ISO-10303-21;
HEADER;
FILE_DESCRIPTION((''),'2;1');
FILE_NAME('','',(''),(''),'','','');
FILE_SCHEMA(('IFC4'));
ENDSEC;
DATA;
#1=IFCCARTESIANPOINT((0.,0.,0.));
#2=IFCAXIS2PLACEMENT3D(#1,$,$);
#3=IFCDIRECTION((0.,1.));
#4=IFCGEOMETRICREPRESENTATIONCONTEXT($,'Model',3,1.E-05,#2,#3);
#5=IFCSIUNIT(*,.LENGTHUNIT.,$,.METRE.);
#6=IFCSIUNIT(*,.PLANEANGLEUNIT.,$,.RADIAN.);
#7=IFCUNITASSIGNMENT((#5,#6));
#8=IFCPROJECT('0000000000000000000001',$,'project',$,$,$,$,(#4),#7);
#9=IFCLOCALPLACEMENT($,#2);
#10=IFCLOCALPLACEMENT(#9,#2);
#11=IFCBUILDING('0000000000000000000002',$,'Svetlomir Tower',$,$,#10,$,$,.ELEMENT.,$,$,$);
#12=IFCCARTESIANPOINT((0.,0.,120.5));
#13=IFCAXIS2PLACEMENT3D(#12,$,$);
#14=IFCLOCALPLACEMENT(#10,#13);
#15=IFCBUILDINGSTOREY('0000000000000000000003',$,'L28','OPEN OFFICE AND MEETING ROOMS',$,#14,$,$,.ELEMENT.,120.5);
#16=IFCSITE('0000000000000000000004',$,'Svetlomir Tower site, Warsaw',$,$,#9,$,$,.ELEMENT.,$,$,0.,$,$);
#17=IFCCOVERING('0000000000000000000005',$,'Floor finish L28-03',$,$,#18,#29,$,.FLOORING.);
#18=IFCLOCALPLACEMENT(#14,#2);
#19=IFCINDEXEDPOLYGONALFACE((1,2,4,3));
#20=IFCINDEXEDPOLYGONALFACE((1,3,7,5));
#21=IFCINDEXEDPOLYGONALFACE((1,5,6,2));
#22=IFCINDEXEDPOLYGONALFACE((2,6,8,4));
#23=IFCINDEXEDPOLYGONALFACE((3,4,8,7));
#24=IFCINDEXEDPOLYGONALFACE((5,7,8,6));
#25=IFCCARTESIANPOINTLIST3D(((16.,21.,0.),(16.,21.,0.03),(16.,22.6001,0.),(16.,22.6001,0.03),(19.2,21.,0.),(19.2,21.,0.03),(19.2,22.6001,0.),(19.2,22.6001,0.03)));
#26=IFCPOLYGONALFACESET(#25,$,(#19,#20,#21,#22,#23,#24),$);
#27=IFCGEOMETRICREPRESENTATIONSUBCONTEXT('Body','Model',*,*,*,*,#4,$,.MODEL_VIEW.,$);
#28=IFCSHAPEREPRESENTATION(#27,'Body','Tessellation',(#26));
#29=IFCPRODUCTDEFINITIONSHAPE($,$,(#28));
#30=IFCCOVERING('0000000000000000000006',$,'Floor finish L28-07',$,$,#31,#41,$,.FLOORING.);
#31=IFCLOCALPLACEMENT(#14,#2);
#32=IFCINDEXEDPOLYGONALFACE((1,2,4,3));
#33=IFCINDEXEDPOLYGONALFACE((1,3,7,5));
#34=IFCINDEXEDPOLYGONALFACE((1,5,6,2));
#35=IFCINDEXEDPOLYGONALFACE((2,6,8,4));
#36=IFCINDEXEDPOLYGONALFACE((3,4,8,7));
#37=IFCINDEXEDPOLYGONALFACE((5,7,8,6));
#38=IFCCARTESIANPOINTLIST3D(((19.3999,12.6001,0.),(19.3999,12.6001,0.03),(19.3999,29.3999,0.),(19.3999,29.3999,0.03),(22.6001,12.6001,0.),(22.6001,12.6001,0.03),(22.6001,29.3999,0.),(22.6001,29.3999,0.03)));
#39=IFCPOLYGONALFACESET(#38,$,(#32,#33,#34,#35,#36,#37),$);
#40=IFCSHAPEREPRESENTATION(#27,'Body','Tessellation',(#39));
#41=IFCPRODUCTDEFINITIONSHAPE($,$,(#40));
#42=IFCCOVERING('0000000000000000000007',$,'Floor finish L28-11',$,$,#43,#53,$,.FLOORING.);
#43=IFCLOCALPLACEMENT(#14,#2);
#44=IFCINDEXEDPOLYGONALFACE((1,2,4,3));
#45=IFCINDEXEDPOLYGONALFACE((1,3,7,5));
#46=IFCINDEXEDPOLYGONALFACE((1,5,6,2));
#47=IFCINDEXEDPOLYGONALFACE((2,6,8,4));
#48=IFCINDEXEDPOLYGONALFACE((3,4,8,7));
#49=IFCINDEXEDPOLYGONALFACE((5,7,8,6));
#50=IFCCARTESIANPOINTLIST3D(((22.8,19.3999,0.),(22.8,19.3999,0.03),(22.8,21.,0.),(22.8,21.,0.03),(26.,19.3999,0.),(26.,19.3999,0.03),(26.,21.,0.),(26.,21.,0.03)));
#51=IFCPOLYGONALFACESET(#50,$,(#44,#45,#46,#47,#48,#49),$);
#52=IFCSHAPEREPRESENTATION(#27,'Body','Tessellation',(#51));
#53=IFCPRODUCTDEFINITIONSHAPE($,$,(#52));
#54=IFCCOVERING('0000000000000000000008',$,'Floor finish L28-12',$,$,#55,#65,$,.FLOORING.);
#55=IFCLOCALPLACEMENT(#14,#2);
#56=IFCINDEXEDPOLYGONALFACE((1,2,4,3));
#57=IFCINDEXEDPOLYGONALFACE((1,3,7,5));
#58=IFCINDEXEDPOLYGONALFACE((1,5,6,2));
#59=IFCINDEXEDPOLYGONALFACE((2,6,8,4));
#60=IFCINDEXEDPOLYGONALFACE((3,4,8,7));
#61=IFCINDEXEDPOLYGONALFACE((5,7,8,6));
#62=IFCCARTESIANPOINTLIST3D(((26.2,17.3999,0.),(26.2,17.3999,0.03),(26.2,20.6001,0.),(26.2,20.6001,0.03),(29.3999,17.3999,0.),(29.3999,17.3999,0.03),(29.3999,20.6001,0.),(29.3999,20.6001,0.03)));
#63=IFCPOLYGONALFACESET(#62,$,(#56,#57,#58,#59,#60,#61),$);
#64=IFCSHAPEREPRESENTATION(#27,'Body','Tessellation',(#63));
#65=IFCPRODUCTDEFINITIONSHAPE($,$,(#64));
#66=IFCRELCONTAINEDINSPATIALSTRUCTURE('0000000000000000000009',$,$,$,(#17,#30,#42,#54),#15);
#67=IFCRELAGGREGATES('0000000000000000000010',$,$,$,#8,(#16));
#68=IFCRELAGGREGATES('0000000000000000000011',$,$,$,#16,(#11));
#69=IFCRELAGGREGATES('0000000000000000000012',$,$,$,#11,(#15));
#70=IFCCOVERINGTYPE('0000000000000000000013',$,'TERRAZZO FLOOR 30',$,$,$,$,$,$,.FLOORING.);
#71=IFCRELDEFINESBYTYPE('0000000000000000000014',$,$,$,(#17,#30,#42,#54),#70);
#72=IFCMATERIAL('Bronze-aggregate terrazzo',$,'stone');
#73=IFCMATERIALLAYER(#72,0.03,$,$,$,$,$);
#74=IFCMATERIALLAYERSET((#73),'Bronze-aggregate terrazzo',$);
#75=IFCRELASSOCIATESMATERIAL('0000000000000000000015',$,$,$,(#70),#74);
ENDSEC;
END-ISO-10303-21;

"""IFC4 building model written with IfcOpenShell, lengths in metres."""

from ifc_helpers import new_model, si_unit, direction, frame, origin, place, context, subcontext, project, spatial, polyline, outline, extrude, material, layer, layer_set, type_object, element, save


model = new_model("IFC4")

# Units and contexts
model_context = context("Model", 3, precision=1e-05, world=origin(), true_north=direction((0.0, 1.0)))
body_context = subcontext(model_context, "Body", "Model", "MODEL_VIEW")
ifc_project = project(units=[si_unit("LENGTHUNIT", "METRE"), si_unit("PLANEANGLEUNIT", "RADIAN")], contexts=[model_context])

# Site, building, storey
site_placement = place(None, origin())
site = spatial("IfcSite", under=ifc_project, at=site_placement, Name="Svetlomir Tower site, Warsaw", CompositionType="ELEMENT", RefElevation=0.0)
building_placement = place(site_placement, origin())
building = spatial("IfcBuilding", under=site, at=building_placement, Name="Svetlomir Tower", CompositionType="ELEMENT")
storey_placement = place(building_placement, frame((0.0, 0.0, 120.5)))
storey = spatial("IfcBuildingStorey", under=building, at=storey_placement, Name="L28", Description="OPEN OFFICE AND MEETING ROOMS", CompositionType="ELEMENT", Elevation=120.5)

# Coverings
ifc_material_1 = material(Name="Bronze-aggregate terrazzo", Category="stone")
ifc_layer_1 = layer(ifc_material_1, 0.03)
ifc_layer_set_1 = layer_set([ifc_layer_1], Name="Bronze-aggregate terrazzo")
covering_type_1 = type_object("IfcCoveringType", Name="TERRAZZO FLOOR 30", PredefinedType="FLOORING", material=ifc_layer_set_1)
covering_1_placement = place(storey_placement, origin())
element("IfcCovering", 1, at=covering_1_placement, inside=storey, type_object=covering_type_1, Name="Floor finish L28-03", PredefinedType="FLOORING", context=body_context, shape_type="SweptSolid", body=[
    extrude(outline(polyline([(16.0, 21.0), (19.2, 21.0), (19.2, 22.6001), (16.0, 22.6001), (16.0, 21.0)])), origin(), (0.0, 0.0, 1.0), 0.03),
])
covering_2_placement = place(storey_placement, origin())
element("IfcCovering", 2, at=covering_2_placement, inside=storey, type_object=covering_type_1, Name="Floor finish L28-07", PredefinedType="FLOORING", context=body_context, shape_type="SweptSolid", body=[
    extrude(outline(polyline([(19.3999, 12.6001), (22.6001, 12.6001), (22.6001, 29.3999), (19.3999, 29.3999), (19.3999, 12.6001)])), origin(), (0.0, 0.0, 1.0), 0.03),
])
covering_3_placement = place(storey_placement, origin())
element("IfcCovering", 3, at=covering_3_placement, inside=storey, type_object=covering_type_1, Name="Floor finish L28-11", PredefinedType="FLOORING", context=body_context, shape_type="SweptSolid", body=[
    extrude(outline(polyline([(22.8, 19.3999), (26.0, 19.3999), (26.0, 21.0), (22.8, 21.0), (22.8, 19.3999)])), origin(), (0.0, 0.0, 1.0), 0.03),
])
covering_4_placement = place(storey_placement, origin())
element("IfcCovering", 4, at=covering_4_placement, inside=storey, type_object=covering_type_1, Name="Floor finish L28-12", PredefinedType="FLOORING", context=body_context, shape_type="SweptSolid", body=[
    extrude(outline(polyline([(26.2, 17.3999), (29.3999, 17.3999), (29.3999, 20.6001), (26.2, 20.6001), (26.2, 17.3999)])), origin(), (0.0, 0.0, 1.0), 0.03),
])

save(model, "model.ifc")
